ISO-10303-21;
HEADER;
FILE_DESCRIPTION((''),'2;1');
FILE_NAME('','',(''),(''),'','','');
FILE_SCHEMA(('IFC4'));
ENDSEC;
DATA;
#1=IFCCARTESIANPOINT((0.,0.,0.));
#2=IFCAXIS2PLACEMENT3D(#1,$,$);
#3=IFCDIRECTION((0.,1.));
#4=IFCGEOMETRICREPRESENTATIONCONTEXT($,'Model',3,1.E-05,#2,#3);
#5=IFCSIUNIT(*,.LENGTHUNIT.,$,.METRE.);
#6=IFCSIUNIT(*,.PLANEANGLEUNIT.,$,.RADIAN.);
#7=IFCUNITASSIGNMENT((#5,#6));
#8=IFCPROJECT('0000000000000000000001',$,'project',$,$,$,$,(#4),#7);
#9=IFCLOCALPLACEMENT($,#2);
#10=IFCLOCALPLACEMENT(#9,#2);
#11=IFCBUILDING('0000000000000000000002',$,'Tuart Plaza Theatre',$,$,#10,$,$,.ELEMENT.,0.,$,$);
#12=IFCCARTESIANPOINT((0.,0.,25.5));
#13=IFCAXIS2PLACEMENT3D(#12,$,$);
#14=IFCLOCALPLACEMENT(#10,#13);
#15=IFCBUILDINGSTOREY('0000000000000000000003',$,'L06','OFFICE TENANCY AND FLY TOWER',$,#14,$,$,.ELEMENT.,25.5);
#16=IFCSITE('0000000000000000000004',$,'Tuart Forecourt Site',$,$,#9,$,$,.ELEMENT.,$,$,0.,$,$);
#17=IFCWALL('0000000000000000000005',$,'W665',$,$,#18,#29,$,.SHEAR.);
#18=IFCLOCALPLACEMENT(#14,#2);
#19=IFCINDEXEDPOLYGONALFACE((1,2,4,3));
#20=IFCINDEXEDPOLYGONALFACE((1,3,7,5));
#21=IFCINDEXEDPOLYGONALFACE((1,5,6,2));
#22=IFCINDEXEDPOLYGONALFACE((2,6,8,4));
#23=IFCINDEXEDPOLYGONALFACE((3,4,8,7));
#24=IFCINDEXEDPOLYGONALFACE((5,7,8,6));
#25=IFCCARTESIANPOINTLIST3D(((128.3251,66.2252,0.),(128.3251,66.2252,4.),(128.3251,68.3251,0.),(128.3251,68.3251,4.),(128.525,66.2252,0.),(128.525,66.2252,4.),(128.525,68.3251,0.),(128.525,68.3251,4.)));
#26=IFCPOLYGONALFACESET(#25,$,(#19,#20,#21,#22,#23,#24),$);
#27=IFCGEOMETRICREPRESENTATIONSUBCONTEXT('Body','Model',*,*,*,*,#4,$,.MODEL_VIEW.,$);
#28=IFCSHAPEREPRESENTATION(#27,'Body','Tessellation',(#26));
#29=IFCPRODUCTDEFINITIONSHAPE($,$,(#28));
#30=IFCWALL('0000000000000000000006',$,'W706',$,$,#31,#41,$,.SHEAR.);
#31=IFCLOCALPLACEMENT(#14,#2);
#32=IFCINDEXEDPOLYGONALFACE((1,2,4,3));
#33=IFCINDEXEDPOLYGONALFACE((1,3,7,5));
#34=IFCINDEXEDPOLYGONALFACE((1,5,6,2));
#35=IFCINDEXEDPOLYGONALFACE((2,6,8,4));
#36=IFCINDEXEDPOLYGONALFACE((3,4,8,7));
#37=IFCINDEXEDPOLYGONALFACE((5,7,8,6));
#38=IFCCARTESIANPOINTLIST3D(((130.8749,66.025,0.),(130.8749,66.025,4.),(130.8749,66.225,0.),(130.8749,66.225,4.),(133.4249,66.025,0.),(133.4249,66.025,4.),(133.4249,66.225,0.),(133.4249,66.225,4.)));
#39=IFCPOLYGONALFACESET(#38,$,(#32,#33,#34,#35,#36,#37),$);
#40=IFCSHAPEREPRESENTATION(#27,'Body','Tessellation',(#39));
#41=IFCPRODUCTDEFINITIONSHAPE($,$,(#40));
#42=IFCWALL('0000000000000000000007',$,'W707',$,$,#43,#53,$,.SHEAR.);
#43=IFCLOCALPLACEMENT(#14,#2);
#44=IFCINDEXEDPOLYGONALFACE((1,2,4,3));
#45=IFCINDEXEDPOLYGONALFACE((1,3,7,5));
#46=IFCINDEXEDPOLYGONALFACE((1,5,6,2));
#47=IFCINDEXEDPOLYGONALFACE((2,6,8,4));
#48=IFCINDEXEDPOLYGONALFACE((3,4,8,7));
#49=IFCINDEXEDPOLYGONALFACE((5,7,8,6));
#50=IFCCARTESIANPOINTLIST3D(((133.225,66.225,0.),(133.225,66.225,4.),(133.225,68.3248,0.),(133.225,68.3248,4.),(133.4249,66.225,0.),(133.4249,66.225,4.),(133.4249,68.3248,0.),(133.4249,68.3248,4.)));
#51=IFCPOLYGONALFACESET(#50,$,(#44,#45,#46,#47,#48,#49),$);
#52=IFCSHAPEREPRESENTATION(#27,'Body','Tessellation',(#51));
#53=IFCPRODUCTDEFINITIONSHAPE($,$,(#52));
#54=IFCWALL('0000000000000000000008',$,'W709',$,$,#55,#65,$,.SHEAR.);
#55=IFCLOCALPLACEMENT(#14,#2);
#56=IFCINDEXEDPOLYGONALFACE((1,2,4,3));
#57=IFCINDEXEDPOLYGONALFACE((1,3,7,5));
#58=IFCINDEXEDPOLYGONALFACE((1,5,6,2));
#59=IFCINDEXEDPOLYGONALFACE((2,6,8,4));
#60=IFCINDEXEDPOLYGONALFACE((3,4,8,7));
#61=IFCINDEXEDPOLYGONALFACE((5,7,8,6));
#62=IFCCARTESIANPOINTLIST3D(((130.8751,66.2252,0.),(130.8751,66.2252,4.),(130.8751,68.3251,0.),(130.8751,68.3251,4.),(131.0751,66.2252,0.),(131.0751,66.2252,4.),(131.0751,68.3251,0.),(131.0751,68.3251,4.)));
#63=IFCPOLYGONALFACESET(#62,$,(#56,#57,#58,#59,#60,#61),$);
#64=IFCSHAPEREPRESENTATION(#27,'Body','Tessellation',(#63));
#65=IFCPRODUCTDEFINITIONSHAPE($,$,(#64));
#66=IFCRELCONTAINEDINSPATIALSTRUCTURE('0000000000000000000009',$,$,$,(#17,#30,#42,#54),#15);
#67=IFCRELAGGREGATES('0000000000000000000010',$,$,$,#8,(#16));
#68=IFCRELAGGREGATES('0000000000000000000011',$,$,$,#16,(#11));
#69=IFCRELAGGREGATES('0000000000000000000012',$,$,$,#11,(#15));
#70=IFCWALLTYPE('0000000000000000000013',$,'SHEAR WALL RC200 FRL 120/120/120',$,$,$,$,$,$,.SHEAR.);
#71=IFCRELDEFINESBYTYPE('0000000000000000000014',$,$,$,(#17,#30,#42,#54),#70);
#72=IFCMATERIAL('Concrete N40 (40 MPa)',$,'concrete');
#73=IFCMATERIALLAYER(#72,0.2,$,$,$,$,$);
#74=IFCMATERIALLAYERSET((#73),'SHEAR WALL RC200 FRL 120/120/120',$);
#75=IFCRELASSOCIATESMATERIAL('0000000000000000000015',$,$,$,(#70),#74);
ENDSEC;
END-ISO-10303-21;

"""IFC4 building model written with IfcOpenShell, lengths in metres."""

from ifc_helpers import new_model, si_unit, direction, frame, frame_2d, origin, place, context, subcontext, project, spatial, rectangle, extrude, material, layer, layer_set, type_object, element, save


model = new_model("IFC4")

# Units and contexts
model_context = context("Model", 3, precision=1e-05, world=origin(), true_north=direction((0.0, 1.0)))
body_context = subcontext(model_context, "Body", "Model", "MODEL_VIEW")
ifc_project = project(units=[si_unit("LENGTHUNIT", "METRE"), si_unit("PLANEANGLEUNIT", "RADIAN")], contexts=[model_context])

# Site, building, storey
site_placement = place(None, origin())
site = spatial("IfcSite", under=ifc_project, at=site_placement, Name="Tuart Forecourt Site", CompositionType="ELEMENT", RefElevation=0.0)
building_placement = place(site_placement, origin())
building = spatial("IfcBuilding", under=site, at=building_placement, Name="Tuart Plaza Theatre", CompositionType="ELEMENT", ElevationOfRefHeight=0.0)
storey_placement = place(building_placement, frame((0.0, 0.0, 25.5)))
storey = spatial("IfcBuildingStorey", under=building, at=storey_placement, Name="L06", Description="OFFICE TENANCY AND FLY TOWER", CompositionType="ELEMENT", Elevation=25.5)

# Shared definitions
ifc_material_1 = material(Name="Concrete N40 (40 MPa)", Category="concrete")
ifc_layer_1 = layer(ifc_material_1, 0.2)
ifc_layer_set_1 = layer_set([ifc_layer_1], Name="SHEAR WALL RC200 FRL 120/120/120")
wall_type_1 = type_object("IfcWallType", Name="SHEAR WALL RC200 FRL 120/120/120", PredefinedType="SHEAR", material=ifc_layer_set_1)

# Walls
wall_1_placement = place(storey_placement, frame((128.425, 68.325, 0.0), z_axis=(0.0, 0.0, 1.0), x_axis=(0.0, -1.0, 0.0)))
element("IfcWall", 1, at=wall_1_placement, inside=storey, type_object=wall_type_1, Name="W665", PredefinedType="SHEAR", context=body_context, shape_type="SweptSolid", body=[
    extrude(rectangle(XDim=2.0999, YDim=0.2, at=frame_2d((1.0498, 0.0))), origin(), (0.0, 0.0, 1.0), 4.0),
])
wall_2_placement = place(storey_placement, frame((130.875, 66.125, 0.0), z_axis=(0.0, 0.0, 1.0), x_axis=(1.0, 0.0, 0.0)))
element("IfcWall", 2, at=wall_2_placement, inside=storey, type_object=wall_type_1, Name="W706", PredefinedType="SHEAR", context=body_context, shape_type="SweptSolid", body=[
    extrude(rectangle(XDim=2.55, YDim=0.2, at=frame_2d((1.2749, 0.0))), origin(), (0.0, 0.0, 1.0), 4.0),
])
for number, where, z_axis, x_axis, name in (
    (3, (133.325, 66.2251, 0.0), (0.0, 0.0, 1.0), (0.0, 1.0, 0.0), "W707"),
    (4, (130.9751, 68.325, 0.0), (0.0, 0.0, 1.0), (0.0, -1.0, 0.0), "W709"),
):
    element("IfcWall", number, at=place(storey_placement, frame(where, z_axis=z_axis, x_axis=x_axis)), inside=storey, type_object=wall_type_1, Name=name, PredefinedType="SHEAR", context=body_context, shape_type="SweptSolid", body=[
        extrude(rectangle(XDim=2.0999, YDim=0.2, at=frame_2d((1.0498, 0.0))), origin(), (0.0, 0.0, 1.0), 4.0),
    ])

save(model, "model.ifc")
